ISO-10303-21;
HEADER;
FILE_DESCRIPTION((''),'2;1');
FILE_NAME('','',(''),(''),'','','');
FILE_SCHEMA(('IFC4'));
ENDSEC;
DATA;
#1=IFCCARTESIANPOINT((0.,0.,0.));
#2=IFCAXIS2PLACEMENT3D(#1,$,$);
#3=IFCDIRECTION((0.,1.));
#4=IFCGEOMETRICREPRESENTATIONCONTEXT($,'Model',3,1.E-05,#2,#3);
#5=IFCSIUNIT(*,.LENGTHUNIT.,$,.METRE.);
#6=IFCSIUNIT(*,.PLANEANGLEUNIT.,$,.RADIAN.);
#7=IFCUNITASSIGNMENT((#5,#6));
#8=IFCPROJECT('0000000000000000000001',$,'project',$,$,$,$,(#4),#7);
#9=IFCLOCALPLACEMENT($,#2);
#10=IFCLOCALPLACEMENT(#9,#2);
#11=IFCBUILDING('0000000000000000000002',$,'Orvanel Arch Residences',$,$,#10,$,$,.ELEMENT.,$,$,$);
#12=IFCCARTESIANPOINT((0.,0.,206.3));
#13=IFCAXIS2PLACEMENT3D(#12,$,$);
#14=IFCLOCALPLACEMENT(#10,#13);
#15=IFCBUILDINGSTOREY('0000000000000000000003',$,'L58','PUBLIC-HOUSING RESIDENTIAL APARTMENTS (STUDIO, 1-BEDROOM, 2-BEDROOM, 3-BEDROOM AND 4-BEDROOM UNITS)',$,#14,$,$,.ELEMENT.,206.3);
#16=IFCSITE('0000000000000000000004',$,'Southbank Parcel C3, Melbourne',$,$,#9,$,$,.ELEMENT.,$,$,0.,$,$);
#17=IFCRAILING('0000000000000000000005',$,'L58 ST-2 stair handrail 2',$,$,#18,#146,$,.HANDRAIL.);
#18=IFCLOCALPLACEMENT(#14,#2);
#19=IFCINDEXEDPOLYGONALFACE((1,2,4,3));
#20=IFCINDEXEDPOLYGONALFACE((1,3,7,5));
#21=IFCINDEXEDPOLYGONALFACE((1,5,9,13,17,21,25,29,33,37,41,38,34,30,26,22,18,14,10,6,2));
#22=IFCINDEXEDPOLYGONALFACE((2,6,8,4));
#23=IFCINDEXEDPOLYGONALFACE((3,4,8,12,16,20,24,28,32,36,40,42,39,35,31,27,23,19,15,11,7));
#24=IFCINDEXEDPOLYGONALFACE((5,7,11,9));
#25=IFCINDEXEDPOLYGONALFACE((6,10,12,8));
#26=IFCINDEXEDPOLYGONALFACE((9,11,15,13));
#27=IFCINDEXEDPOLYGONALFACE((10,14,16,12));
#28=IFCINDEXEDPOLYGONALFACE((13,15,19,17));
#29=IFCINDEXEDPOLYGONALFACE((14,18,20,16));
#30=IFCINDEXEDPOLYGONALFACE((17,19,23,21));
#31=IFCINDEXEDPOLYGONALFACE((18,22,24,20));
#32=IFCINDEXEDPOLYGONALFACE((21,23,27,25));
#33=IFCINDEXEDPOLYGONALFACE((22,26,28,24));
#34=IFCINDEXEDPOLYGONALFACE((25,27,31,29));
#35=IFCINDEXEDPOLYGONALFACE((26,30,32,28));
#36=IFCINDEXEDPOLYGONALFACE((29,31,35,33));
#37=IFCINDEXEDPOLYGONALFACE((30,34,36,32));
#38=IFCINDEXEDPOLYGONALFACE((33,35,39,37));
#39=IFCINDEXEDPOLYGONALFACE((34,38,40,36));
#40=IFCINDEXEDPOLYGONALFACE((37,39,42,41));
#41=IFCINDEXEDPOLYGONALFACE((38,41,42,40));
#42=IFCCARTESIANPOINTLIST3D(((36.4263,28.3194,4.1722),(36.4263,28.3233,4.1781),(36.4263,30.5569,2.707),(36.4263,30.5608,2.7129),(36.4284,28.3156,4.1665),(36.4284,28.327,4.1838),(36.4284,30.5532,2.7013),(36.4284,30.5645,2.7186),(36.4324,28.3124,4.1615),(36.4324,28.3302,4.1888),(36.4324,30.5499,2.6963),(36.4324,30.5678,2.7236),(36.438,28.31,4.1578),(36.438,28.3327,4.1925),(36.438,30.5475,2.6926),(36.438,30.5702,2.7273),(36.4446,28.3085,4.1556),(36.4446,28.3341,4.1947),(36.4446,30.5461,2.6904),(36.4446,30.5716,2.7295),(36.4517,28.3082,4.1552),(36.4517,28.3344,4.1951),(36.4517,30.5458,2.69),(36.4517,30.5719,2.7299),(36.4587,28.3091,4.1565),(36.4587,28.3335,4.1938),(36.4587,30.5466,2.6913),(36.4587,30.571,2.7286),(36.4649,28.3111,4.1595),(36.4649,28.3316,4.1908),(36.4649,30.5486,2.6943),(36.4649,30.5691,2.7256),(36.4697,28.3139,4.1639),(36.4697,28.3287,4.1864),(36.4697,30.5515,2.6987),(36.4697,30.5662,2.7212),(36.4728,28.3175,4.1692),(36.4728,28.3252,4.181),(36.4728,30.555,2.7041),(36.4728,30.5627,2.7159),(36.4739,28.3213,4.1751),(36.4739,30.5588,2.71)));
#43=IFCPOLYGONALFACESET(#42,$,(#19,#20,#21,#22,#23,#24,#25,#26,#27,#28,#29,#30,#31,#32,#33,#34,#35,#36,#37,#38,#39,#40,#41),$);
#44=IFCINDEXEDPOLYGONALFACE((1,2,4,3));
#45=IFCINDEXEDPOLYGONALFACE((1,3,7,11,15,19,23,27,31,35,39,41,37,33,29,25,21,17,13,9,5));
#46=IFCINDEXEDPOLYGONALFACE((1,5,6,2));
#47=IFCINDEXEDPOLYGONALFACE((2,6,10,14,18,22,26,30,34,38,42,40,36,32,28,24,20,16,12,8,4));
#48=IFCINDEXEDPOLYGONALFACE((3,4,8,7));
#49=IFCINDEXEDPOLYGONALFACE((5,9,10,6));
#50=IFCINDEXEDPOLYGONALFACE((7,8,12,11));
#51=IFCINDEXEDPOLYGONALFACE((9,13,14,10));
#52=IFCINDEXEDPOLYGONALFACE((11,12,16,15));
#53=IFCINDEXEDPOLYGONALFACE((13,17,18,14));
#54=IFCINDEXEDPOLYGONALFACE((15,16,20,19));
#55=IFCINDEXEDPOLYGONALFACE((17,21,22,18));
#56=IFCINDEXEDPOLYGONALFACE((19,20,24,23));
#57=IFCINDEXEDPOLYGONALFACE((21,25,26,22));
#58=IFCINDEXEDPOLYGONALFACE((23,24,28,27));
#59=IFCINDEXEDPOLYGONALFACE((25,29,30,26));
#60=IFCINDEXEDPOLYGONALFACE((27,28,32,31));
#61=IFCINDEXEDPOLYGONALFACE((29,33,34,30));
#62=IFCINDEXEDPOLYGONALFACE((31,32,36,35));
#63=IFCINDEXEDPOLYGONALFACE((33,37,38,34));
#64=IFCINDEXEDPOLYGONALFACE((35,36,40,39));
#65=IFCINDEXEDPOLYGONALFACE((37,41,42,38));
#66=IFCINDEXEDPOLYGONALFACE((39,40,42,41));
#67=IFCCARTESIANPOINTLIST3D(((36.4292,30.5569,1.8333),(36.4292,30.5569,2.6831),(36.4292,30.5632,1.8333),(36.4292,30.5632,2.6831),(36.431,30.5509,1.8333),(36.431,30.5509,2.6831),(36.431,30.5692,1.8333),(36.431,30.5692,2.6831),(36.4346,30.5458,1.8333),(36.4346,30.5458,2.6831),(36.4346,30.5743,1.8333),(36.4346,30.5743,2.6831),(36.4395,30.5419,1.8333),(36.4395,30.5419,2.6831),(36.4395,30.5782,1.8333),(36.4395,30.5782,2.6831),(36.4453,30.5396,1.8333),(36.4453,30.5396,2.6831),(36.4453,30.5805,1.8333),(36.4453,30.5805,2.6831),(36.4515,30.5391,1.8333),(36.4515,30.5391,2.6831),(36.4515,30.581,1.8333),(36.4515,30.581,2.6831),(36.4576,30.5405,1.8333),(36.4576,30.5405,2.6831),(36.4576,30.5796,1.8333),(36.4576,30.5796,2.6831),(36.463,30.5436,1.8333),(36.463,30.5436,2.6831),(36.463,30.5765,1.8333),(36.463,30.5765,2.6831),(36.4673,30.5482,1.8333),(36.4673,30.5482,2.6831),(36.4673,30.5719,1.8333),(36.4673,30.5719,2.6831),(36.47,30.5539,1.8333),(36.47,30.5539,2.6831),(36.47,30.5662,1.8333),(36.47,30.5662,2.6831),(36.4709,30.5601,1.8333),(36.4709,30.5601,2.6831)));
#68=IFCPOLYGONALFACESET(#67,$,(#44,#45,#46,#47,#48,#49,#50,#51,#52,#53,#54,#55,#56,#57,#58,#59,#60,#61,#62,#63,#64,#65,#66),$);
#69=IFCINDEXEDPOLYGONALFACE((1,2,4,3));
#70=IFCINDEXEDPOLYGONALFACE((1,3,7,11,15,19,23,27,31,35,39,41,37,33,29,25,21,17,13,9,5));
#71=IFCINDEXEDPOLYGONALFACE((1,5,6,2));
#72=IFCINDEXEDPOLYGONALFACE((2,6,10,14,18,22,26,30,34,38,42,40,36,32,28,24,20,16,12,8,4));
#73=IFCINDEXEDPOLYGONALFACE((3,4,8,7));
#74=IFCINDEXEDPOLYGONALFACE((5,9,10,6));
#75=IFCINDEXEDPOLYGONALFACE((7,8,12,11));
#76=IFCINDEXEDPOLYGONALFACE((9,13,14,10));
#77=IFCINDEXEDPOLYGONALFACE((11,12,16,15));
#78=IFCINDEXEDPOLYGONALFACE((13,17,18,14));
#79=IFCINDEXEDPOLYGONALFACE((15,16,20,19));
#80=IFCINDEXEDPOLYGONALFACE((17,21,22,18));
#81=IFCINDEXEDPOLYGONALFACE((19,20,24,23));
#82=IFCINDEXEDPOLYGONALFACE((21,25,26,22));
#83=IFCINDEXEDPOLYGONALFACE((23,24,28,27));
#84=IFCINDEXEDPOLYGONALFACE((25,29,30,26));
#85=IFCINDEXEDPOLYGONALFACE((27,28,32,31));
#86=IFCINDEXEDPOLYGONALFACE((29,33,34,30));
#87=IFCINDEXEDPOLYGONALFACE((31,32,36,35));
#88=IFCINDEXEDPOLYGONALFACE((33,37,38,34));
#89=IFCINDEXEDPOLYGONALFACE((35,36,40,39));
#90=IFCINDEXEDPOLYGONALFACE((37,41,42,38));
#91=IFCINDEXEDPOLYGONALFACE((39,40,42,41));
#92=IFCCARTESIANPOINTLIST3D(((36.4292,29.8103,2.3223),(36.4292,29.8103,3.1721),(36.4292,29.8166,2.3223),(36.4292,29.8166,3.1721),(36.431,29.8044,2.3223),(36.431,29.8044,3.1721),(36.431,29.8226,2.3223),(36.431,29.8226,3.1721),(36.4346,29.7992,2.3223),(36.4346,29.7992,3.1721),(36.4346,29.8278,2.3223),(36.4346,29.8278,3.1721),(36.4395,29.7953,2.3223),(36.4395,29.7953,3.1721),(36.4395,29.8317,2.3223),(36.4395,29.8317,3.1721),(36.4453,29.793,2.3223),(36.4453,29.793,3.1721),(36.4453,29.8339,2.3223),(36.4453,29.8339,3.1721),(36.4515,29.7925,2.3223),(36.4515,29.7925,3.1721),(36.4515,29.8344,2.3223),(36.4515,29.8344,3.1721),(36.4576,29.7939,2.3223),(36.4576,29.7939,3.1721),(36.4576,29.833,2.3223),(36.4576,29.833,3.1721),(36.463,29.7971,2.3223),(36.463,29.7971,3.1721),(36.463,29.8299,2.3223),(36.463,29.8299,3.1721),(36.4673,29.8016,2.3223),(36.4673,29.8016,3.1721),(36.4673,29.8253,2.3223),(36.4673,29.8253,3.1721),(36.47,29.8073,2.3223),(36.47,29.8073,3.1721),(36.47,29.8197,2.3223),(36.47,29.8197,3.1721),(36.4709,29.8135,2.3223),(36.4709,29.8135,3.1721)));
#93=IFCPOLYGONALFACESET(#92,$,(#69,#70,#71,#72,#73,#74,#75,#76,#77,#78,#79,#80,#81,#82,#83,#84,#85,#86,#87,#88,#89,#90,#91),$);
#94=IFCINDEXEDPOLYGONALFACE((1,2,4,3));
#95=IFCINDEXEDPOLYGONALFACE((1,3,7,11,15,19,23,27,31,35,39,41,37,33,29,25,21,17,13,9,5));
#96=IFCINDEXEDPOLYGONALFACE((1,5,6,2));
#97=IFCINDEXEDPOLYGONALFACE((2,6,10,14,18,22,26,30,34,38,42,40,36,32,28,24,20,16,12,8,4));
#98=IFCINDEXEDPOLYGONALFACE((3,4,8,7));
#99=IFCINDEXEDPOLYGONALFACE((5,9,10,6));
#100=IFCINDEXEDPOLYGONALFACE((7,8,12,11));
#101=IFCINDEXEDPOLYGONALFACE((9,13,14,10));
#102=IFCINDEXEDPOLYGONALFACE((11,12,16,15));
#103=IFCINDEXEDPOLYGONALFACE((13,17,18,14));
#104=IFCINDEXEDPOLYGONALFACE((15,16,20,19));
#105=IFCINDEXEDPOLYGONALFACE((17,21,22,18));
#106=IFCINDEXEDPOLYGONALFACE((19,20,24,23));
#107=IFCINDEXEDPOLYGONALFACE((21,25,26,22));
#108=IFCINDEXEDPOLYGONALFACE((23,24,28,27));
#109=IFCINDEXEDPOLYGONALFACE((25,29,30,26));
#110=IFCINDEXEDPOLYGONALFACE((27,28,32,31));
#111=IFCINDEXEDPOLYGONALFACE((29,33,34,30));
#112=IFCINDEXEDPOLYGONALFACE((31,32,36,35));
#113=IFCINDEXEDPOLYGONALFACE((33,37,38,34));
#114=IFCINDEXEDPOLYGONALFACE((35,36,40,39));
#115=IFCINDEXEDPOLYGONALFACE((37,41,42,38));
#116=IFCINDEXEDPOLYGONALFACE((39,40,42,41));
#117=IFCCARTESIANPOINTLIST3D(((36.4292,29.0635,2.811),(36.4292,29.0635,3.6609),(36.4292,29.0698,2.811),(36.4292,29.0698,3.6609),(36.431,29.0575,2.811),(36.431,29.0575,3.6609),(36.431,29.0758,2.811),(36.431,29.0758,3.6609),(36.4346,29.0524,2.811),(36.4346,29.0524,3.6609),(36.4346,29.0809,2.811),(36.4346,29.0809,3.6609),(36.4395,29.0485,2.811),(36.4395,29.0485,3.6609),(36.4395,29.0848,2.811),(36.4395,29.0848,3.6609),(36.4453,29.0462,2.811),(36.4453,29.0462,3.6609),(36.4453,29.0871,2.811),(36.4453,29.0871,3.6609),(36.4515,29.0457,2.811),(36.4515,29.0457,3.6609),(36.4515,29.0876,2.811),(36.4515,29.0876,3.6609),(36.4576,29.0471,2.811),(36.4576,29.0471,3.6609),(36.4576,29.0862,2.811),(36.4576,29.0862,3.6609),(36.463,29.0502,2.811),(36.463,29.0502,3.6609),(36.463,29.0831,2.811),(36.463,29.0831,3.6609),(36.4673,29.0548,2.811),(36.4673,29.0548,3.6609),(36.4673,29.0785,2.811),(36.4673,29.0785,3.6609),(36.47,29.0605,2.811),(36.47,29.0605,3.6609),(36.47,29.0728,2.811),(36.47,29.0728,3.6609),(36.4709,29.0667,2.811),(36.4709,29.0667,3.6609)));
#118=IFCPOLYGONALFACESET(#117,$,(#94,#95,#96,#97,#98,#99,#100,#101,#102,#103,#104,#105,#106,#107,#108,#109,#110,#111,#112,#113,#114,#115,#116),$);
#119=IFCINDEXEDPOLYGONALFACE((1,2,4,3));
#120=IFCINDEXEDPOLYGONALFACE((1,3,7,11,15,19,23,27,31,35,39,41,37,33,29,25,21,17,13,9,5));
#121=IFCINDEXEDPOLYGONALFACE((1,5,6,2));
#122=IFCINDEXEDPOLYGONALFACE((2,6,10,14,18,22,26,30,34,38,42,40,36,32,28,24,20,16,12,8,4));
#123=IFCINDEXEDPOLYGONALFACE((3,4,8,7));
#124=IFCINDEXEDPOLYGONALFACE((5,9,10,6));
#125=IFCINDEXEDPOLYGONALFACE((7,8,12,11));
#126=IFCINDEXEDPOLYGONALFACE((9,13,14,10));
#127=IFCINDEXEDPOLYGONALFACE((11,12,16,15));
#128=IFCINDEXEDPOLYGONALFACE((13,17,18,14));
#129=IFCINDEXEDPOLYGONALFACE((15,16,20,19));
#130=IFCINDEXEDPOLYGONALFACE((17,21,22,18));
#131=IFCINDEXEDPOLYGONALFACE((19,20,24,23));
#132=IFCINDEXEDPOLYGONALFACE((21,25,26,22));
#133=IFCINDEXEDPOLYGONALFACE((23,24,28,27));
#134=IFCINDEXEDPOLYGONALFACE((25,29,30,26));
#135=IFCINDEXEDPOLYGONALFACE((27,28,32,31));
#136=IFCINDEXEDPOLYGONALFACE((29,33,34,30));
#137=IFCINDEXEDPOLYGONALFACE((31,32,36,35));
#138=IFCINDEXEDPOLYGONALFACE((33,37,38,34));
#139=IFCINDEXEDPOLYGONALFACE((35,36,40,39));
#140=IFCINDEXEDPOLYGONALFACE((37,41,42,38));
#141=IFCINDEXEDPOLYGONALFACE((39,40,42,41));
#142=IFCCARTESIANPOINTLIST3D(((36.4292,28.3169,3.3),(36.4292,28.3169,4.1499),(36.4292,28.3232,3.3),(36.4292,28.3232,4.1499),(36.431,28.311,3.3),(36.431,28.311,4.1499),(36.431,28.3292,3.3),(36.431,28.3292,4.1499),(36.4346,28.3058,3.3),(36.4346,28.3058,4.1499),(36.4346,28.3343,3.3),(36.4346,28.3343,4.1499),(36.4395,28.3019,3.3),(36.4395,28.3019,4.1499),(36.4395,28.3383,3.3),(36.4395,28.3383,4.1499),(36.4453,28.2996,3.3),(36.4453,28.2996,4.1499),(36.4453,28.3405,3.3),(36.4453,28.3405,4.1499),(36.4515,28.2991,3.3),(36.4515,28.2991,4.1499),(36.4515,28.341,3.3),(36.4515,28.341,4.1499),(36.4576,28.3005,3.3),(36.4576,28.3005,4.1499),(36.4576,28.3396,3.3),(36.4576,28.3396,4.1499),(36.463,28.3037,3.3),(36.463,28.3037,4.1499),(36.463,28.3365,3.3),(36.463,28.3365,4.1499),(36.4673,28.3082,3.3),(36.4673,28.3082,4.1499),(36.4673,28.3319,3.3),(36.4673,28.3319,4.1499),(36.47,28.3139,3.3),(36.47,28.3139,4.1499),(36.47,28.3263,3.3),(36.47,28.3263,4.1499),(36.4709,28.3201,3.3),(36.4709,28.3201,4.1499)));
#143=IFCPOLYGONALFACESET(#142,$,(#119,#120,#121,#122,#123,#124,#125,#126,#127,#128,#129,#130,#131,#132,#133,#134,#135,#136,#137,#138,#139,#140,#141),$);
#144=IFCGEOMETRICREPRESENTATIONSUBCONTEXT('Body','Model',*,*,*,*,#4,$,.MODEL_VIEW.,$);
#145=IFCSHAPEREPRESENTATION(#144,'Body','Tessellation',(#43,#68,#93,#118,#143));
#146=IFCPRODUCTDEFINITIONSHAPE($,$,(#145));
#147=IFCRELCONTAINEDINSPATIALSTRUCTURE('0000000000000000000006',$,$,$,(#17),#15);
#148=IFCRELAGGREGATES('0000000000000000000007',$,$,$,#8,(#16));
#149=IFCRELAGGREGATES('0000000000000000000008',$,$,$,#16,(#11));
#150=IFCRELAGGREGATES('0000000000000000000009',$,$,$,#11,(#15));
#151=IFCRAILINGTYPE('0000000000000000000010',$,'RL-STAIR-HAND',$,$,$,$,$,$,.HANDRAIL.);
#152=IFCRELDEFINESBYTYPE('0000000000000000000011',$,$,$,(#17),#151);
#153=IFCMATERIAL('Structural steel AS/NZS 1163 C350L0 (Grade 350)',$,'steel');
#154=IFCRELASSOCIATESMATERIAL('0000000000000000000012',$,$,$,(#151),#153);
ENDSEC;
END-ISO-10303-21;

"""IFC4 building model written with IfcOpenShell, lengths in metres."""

from ifc_helpers import new_model, si_unit, direction, frame, origin, origin_2d, place, context, subcontext, project, spatial, circle, extrude, material, type_object, element, save


model = new_model("IFC4")

# Units and contexts
model_context = context("Model", 3, precision=1e-05, world=origin(), true_north=direction((0.0, 1.0)))
body_context = subcontext(model_context, "Body", "Model", "MODEL_VIEW")
ifc_project = project(units=[si_unit("LENGTHUNIT", "METRE"), si_unit("PLANEANGLEUNIT", "RADIAN")], contexts=[model_context])

# Site, building, storey
site_placement = place(None, origin())
site = spatial("IfcSite", under=ifc_project, at=site_placement, Name="Southbank Parcel C3, Melbourne", CompositionType="ELEMENT", RefElevation=0.0)
building_placement = place(site_placement, origin())
building = spatial("IfcBuilding", under=site, at=building_placement, Name="Orvanel Arch Residences", CompositionType="ELEMENT")
storey_placement = place(building_placement, frame((0.0, 0.0, 206.3)))
storey = spatial("IfcBuildingStorey", under=building, at=storey_placement, Name="L58", Description="PUBLIC-HOUSING RESIDENTIAL APARTMENTS (STUDIO, 1-BEDROOM, 2-BEDROOM, 3-BEDROOM AND 4-BEDROOM UNITS)", CompositionType="ELEMENT", Elevation=206.3)

# Railing
ifc_material_1 = material(Name="Structural steel AS/NZS 1163 C350L0 (Grade 350)", Category="steel")
railing_type_1 = type_object("IfcRailingType", Name="RL-STAIR-HAND", PredefinedType="HANDRAIL", material=ifc_material_1)
railing_1_placement = place(storey_placement, frame((36.45, 30.5601, 1.8333)))
element("IfcRailing", 1, at=railing_1_placement, inside=storey, type_object=railing_type_1, Name="L58 ST-2 stair handrail 2", PredefinedType="HANDRAIL", context=body_context, shape_type="SweptSolid", body=[
    extrude(circle(Radius=0.0239, at=origin_2d()), frame((0.0, -0.0012, 0.8767), z_axis=(0.0, -0.836595, 0.547822), x_axis=(1.0, 0.0, 0.0)), (0.0, 0.0, 1.0), 2.6746),
    extrude(circle(Radius=0.021, at=origin_2d()), origin(), (0.0, 0.0, 1.0), 0.8499),
    extrude(circle(Radius=0.021, at=origin_2d()), frame((0.0, -0.7466, 0.489)), (0.0, 0.0, 1.0), 0.8499),
    extrude(circle(Radius=0.021, at=origin_2d()), frame((0.0, -1.4934, 0.9778)), (0.0, 0.0, 1.0), 0.8499),
    extrude(circle(Radius=0.021, at=origin_2d()), frame((0.0, -2.24, 1.4668)), (0.0, 0.0, 1.0), 0.8499),
])

save(model, "model.ifc")
